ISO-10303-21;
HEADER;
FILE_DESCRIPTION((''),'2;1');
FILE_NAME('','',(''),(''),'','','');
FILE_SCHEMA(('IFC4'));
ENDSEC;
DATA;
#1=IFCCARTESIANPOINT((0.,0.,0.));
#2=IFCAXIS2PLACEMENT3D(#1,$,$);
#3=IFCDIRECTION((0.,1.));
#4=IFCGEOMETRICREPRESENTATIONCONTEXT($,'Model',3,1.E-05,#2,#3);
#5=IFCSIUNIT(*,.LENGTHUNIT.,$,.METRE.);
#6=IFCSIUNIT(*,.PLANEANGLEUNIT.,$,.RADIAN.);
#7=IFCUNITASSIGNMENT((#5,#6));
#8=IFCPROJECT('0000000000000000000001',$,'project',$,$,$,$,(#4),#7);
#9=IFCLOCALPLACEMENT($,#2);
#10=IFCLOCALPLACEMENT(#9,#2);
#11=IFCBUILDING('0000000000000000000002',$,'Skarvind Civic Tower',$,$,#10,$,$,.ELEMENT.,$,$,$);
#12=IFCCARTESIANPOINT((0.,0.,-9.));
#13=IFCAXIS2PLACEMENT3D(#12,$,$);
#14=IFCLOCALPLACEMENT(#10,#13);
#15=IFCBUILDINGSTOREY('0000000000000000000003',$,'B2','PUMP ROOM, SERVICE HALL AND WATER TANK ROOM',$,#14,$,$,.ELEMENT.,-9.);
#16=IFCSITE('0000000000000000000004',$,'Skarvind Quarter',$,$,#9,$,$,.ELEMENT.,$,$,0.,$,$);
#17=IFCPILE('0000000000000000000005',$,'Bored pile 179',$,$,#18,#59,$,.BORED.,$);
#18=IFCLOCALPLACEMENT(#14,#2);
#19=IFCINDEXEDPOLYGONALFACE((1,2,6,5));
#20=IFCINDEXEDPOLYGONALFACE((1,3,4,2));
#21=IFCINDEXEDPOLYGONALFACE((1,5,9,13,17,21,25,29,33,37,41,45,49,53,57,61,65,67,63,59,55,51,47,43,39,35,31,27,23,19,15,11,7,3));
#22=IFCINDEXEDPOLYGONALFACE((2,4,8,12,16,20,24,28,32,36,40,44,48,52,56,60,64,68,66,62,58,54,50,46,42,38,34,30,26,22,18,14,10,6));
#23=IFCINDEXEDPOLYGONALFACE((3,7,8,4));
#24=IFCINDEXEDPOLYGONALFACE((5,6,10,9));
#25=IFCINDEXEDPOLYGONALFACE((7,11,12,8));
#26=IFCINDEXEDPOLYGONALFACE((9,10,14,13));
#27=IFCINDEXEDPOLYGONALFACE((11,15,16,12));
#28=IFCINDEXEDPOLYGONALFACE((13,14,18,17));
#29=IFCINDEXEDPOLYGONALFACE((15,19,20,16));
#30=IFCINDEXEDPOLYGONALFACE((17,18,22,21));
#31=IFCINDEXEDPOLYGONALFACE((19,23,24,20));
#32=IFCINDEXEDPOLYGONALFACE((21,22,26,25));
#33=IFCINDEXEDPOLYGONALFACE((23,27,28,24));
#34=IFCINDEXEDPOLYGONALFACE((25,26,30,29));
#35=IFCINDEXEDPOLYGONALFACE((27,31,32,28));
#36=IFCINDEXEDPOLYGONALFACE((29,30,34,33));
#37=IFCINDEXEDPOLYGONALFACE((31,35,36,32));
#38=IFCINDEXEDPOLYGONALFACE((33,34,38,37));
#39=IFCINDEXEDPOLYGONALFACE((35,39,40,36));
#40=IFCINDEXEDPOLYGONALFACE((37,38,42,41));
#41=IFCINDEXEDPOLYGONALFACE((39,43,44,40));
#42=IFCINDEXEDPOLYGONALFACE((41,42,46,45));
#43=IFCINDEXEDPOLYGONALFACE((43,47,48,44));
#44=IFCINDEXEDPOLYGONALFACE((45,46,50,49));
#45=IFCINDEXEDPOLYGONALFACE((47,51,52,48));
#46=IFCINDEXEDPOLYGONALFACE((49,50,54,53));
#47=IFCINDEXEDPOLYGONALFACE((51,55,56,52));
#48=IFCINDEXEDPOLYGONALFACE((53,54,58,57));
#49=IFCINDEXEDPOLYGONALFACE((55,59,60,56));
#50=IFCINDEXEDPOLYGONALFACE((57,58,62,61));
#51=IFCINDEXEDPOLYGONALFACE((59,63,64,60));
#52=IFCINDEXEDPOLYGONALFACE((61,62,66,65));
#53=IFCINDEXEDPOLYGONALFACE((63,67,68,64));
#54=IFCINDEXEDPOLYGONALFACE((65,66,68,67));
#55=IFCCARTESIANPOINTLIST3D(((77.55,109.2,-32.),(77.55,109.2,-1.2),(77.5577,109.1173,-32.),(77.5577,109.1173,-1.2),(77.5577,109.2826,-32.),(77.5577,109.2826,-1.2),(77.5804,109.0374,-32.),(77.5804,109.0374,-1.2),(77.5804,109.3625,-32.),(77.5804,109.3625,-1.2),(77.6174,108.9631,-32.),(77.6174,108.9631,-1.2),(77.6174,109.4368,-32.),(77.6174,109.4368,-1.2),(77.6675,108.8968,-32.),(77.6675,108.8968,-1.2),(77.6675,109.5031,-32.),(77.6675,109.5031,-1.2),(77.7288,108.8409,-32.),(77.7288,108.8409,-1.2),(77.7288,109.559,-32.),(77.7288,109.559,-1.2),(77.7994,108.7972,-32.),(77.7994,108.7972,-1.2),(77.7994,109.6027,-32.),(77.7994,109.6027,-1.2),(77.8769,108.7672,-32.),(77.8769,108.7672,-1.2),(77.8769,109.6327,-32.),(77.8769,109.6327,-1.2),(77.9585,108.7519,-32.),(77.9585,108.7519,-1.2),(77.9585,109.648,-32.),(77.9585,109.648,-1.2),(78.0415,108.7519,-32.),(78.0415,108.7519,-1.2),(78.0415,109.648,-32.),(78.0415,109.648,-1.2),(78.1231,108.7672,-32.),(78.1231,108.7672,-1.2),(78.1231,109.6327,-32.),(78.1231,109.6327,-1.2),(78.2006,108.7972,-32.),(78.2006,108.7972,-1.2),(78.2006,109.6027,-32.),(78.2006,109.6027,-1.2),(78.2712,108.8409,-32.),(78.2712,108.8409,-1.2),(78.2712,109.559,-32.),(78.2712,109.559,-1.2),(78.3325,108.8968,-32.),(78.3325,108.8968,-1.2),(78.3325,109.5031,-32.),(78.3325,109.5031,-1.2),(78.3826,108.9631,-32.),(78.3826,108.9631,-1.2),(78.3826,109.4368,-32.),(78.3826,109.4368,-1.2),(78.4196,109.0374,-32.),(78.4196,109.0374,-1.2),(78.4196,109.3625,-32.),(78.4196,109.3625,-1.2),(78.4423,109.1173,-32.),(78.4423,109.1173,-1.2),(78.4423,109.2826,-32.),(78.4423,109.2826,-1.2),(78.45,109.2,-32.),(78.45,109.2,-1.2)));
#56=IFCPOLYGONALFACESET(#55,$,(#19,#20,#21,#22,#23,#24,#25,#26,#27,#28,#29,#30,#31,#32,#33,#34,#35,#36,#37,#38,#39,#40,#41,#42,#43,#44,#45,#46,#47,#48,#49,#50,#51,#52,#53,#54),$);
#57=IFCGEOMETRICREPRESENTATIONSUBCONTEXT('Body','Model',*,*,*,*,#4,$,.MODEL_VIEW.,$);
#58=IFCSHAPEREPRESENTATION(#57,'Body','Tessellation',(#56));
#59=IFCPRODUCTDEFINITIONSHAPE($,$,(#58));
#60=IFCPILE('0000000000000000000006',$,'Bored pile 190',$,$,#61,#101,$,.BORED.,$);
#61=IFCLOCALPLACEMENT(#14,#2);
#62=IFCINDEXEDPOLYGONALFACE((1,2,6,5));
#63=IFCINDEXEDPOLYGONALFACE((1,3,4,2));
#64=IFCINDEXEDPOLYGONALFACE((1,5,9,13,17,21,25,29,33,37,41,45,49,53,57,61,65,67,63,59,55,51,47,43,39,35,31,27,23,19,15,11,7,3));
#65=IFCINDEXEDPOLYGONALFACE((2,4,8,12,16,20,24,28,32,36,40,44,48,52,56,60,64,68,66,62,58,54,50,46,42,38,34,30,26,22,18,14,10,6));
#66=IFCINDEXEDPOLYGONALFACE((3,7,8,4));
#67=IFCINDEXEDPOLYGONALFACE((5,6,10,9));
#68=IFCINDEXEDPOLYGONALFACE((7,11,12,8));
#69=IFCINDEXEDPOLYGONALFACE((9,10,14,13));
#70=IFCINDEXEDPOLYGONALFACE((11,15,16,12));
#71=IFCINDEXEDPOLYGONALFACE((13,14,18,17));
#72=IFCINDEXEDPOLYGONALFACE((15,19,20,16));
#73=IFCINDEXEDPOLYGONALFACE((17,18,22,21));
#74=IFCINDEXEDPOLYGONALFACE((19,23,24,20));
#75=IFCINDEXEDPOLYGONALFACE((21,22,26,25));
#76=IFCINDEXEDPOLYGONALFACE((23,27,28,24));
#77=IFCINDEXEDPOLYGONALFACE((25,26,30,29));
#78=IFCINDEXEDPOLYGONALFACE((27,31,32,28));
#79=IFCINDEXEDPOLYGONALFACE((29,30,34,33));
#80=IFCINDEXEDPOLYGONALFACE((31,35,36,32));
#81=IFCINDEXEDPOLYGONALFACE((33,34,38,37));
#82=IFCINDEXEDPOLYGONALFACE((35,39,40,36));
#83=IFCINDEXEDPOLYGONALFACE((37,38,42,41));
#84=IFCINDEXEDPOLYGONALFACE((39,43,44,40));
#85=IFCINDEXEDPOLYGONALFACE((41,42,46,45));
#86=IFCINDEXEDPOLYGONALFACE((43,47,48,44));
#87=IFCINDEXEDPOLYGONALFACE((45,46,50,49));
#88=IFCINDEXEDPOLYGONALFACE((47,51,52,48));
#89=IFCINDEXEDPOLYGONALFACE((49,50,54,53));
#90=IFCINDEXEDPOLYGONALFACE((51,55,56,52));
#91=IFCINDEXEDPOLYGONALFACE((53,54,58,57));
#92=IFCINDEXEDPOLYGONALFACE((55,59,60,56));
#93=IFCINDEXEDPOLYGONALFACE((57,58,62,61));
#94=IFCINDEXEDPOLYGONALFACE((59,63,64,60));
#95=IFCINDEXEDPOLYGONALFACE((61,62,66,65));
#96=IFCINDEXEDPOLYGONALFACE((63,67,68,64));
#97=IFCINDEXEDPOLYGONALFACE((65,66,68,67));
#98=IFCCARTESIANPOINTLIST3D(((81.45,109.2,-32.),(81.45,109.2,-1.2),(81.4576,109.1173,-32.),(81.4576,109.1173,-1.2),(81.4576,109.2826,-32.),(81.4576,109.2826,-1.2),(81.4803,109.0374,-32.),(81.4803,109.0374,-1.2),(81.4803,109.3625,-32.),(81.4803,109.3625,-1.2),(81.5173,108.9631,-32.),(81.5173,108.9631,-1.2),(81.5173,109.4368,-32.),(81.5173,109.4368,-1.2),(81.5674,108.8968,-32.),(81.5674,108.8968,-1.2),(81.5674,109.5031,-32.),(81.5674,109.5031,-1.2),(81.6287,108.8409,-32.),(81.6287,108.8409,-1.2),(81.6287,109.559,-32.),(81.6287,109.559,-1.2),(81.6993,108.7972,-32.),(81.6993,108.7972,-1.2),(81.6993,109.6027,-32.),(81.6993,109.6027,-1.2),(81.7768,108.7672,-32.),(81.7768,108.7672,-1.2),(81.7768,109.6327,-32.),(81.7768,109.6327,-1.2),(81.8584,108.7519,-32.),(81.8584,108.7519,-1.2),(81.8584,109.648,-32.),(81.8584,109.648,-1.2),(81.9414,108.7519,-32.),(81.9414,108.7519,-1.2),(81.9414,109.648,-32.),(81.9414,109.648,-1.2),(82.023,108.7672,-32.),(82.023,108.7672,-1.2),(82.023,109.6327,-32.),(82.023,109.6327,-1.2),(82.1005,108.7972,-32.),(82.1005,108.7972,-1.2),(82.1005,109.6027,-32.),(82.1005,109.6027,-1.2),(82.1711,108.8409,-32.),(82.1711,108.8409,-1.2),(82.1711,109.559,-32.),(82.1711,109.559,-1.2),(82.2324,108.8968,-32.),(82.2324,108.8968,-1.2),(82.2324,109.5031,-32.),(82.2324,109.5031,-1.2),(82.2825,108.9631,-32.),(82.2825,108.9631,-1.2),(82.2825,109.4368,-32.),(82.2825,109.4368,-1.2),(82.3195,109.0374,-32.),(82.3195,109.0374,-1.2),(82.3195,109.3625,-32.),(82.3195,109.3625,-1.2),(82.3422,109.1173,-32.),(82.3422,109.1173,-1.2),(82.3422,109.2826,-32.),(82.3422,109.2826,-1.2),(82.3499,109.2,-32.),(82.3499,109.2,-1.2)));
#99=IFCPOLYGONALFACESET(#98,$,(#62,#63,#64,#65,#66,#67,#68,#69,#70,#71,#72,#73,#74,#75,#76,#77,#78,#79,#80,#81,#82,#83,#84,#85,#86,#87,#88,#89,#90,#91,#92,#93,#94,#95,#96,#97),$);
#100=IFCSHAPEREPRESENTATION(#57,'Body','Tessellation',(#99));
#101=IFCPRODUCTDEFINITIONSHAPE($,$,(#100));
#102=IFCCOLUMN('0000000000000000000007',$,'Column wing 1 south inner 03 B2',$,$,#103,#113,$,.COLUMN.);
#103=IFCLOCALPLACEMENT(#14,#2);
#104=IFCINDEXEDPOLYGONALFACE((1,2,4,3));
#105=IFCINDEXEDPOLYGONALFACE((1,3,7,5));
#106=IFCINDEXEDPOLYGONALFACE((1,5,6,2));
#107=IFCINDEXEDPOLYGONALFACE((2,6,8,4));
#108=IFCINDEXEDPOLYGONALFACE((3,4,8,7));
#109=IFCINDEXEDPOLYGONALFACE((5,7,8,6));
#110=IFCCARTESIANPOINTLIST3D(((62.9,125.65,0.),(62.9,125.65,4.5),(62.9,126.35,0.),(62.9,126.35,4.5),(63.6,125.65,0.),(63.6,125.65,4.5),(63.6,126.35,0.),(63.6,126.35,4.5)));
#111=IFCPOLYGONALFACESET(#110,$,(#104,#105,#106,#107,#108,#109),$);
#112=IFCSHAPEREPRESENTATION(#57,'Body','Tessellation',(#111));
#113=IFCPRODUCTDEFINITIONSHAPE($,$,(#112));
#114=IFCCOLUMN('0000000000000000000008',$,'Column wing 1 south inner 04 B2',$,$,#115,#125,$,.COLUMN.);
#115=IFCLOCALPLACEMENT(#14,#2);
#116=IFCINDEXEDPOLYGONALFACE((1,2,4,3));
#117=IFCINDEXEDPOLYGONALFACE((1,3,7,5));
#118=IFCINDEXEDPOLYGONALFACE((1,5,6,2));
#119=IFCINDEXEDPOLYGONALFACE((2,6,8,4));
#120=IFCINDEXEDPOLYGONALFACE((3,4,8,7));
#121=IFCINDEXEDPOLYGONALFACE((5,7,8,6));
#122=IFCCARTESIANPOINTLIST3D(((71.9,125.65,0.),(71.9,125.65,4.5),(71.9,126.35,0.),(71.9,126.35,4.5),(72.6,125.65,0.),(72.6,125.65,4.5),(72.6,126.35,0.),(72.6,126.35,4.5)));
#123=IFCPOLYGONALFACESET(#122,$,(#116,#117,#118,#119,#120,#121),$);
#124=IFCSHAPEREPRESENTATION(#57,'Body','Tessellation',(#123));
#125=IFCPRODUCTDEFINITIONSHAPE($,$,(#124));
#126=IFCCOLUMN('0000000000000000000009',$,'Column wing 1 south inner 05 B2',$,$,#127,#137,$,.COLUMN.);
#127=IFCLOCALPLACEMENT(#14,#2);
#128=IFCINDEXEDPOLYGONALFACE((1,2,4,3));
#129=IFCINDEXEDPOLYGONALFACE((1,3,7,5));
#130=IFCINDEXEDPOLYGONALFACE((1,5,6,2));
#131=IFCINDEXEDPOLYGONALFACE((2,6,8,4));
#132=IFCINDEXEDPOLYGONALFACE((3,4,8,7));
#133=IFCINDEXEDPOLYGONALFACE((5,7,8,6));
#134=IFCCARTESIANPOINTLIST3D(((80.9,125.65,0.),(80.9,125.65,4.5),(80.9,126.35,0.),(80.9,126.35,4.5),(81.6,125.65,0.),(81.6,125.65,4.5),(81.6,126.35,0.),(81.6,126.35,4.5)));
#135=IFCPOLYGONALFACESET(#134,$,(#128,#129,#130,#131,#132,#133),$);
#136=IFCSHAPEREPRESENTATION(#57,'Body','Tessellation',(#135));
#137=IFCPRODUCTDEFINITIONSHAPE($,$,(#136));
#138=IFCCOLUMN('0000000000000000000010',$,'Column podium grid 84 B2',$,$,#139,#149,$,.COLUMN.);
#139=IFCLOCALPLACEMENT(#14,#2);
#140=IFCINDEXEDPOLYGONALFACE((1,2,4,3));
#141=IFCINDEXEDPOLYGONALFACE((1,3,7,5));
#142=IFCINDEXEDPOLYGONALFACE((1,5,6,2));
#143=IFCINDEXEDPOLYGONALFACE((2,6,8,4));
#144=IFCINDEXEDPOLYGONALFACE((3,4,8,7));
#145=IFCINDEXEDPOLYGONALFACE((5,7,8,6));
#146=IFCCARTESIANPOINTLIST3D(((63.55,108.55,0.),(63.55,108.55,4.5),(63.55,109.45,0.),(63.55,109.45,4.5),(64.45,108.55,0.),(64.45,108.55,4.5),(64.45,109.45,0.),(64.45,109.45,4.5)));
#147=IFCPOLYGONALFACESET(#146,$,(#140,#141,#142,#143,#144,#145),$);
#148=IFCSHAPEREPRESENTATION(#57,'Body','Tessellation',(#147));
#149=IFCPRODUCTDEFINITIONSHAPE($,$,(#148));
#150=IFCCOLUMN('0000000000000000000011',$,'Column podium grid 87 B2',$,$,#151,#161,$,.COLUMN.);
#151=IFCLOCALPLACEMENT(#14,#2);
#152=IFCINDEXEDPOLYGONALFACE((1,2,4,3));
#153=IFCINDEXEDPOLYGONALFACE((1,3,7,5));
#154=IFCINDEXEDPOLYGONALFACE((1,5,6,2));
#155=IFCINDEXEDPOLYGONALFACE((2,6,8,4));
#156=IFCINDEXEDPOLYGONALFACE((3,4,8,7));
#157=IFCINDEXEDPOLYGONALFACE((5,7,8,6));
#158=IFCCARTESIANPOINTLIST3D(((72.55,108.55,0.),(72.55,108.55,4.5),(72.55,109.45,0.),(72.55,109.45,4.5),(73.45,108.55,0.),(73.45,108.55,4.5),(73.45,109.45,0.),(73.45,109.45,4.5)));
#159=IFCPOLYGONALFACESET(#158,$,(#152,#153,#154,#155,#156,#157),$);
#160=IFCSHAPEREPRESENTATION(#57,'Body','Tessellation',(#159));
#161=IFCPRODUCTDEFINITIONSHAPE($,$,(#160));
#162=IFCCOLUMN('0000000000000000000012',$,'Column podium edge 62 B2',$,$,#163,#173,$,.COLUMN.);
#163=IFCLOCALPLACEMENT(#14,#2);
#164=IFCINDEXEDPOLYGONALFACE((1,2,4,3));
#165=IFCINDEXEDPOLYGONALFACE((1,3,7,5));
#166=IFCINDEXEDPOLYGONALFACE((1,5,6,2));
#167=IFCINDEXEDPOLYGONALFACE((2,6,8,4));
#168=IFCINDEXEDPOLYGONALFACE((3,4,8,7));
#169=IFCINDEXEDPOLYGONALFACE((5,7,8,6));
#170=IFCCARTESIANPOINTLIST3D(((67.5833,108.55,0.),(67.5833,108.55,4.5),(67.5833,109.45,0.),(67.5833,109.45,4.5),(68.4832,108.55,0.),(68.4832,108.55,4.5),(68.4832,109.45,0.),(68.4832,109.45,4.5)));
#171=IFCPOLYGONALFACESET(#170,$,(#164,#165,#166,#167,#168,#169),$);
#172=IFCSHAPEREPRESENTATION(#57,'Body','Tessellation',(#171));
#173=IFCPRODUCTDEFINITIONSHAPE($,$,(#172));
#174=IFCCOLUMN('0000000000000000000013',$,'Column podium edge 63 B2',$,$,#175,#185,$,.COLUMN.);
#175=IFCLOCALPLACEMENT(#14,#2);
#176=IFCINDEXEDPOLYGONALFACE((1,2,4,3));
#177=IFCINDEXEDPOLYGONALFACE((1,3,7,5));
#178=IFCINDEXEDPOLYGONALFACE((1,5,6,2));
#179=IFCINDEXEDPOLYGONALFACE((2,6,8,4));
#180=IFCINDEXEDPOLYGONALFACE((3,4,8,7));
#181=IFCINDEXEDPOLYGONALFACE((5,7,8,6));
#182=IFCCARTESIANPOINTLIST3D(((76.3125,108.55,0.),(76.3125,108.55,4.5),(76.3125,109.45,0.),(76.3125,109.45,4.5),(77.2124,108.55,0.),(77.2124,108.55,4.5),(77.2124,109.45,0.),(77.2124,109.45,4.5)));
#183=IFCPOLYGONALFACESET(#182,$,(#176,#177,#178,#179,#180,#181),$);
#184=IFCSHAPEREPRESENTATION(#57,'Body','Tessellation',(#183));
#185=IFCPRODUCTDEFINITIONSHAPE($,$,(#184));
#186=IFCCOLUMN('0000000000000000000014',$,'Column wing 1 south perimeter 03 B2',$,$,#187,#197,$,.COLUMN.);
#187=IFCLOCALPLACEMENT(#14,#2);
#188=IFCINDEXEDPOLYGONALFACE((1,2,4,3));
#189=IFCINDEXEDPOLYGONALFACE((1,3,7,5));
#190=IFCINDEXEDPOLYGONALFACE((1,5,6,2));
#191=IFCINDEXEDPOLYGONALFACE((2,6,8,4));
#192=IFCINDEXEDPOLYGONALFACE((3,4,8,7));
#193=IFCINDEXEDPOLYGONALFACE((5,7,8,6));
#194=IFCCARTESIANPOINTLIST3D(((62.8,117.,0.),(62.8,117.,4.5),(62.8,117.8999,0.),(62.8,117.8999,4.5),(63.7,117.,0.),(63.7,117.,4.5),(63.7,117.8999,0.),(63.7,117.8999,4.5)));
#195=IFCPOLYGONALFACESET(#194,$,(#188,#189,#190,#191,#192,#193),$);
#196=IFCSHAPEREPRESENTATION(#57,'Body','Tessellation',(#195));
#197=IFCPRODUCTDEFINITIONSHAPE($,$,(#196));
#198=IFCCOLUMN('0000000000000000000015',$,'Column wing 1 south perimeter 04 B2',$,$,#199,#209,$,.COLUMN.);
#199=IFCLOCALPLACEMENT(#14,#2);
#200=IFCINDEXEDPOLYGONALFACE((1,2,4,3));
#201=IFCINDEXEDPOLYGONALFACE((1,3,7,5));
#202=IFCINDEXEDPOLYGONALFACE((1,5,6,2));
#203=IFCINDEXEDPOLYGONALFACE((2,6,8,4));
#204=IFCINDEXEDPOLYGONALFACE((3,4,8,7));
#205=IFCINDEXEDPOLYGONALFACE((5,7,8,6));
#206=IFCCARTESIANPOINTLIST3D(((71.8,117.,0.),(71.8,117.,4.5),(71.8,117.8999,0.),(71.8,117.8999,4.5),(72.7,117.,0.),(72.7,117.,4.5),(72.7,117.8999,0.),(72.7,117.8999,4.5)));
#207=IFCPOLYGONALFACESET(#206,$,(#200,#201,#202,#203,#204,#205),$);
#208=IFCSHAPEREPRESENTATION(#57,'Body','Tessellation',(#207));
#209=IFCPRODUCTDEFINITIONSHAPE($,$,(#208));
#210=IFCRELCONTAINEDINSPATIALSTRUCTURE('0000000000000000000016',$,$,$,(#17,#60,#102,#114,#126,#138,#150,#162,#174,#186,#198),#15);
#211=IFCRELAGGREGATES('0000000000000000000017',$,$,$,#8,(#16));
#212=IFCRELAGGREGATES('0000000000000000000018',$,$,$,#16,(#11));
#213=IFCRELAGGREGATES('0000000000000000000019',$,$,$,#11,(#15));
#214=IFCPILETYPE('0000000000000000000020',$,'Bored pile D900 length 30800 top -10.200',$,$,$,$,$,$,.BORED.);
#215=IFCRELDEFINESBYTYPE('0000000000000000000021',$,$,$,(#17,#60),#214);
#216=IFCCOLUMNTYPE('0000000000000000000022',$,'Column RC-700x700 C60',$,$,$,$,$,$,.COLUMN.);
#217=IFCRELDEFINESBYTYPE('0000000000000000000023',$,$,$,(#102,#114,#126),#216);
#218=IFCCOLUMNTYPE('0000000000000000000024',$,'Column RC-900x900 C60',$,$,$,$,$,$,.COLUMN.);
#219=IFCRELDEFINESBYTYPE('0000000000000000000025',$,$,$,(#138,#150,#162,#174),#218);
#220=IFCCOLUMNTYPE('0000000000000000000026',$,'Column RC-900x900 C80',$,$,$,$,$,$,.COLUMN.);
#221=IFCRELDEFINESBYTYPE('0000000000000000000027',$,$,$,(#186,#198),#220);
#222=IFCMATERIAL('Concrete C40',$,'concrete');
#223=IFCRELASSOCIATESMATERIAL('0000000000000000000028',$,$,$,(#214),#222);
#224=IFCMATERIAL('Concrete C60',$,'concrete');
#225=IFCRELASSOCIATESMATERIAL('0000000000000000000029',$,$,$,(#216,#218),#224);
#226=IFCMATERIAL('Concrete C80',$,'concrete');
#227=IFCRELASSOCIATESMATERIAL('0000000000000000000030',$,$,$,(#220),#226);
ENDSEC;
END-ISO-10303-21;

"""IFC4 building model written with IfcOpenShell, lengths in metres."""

from ifc_helpers import new_model, si_unit, direction, frame, origin, origin_2d, place, context, subcontext, project, spatial, rectangle, circle, extrude, material, material_profile, profile_set, type_object, element, save


model = new_model("IFC4")

# Units and contexts
model_context = context("Model", 3, precision=1e-05, world=origin(), true_north=direction((0.0, 1.0)))
body_context = subcontext(model_context, "Body", "Model", "MODEL_VIEW")
ifc_project = project(units=[si_unit("LENGTHUNIT", "METRE"), si_unit("PLANEANGLEUNIT", "RADIAN")], contexts=[model_context])

# Site, building, storey
site_placement = place(None, origin())
site = spatial("IfcSite", under=ifc_project, at=site_placement, Name="Skarvind Quarter", CompositionType="ELEMENT", RefElevation=0.0)
building_placement = place(site_placement, origin())
building = spatial("IfcBuilding", under=site, at=building_placement, Name="Skarvind Civic Tower", CompositionType="ELEMENT")
storey_placement = place(building_placement, frame((0.0, 0.0, -9.0)))
storey = spatial("IfcBuildingStorey", under=building, at=storey_placement, Name="B2", Description="PUMP ROOM, SERVICE HALL AND WATER TANK ROOM", CompositionType="ELEMENT", Elevation=-9.0)

# Piles
ifc_material_1 = material(Name="Concrete C40", Category="concrete")
pile_type_1 = type_object("IfcPileType", Name="Bored pile D900 length 30800 top -10.200", PredefinedType="BORED", material=ifc_material_1)
for number, where, z_axis, x_axis, name in (
    (1, (78.0, 109.2, -1.2), (0.0, 0.0, -1.0), (1.0, 0.0, 0.0), "Bored pile 179"),
    (2, (81.8999, 109.2, -1.2), (0.0, 0.0, -1.0), (1.0, 0.0, 0.0), "Bored pile 190"),
):
    element("IfcPile", number, at=place(storey_placement, frame(where, z_axis=z_axis, x_axis=x_axis)), inside=storey, type_object=pile_type_1, Name=name, PredefinedType="BORED", context=body_context, shape_type="SweptSolid", body=[
        extrude(circle(Radius=0.45, at=origin_2d()), origin(), (0.0, 0.0, 1.0), 30.8),
    ])

# Columns
ifc_material_2 = material(Name="Concrete C60", Category="concrete")
ifc_material_profile_1 = material_profile(ifc_material_2, rectangle(XDim=0.7, YDim=0.7, at=origin_2d()), Name="RC-700x700")
ifc_profile_set_1 = profile_set([ifc_material_profile_1], Name="Concrete C60")
column_type_1 = type_object("IfcColumnType", Name="Column RC-700x700 C60", PredefinedType="COLUMN", material=ifc_profile_set_1)
for number, where, z_axis, x_axis, name in (
    (3, (63.25, 126.0, 0.0), (0.0, 0.0, 1.0), (1.0, 0.0, 0.0), "Column wing 1 south inner 03 B2"),
    (4, (72.25, 126.0, 0.0), (0.0, 0.0, 1.0), (1.0, 0.0, 0.0), "Column wing 1 south inner 04 B2"),
    (5, (81.25, 126.0, 0.0), (0.0, 0.0, 1.0), (1.0, 0.0, 0.0), "Column wing 1 south inner 05 B2"),
):
    element("IfcColumn", number, at=place(storey_placement, frame(where, z_axis=z_axis, x_axis=x_axis)), inside=storey, type_object=column_type_1, Name=name, PredefinedType="COLUMN", context=body_context, shape_type="SweptSolid", body=[
        extrude(rectangle(XDim=0.7, YDim=0.7, at=origin_2d()), origin(), (0.0, 0.0, 1.0), 4.5),
    ])
ifc_material_profile_2 = material_profile(ifc_material_2, rectangle(XDim=0.8999, YDim=0.8999, at=origin_2d()), Name="RC-900x900")
ifc_profile_set_2 = profile_set([ifc_material_profile_2], Name="Concrete C60")
column_type_2 = type_object("IfcColumnType", Name="Column RC-900x900 C60", PredefinedType="COLUMN", material=ifc_profile_set_2)
for number, where, z_axis, x_axis, name in (
    (6, (64.0, 109.0, 0.0), (0.0, 0.0, 1.0), (1.0, 0.0, 0.0), "Column podium grid 84 B2"),
    (7, (73.0, 109.0, 0.0), (0.0, 0.0, 1.0), (1.0, 0.0, 0.0), "Column podium grid 87 B2"),
    (8, (68.0332, 109.0, 0.0), (0.0, 0.0, 1.0), (1.0, 0.0, 0.0), "Column podium edge 62 B2"),
    (9, (76.7625, 109.0, 0.0), (0.0, 0.0, 1.0), (1.0, 0.0, 0.0), "Column podium edge 63 B2"),
):
    element("IfcColumn", number, at=place(storey_placement, frame(where, z_axis=z_axis, x_axis=x_axis)), inside=storey, type_object=column_type_2, Name=name, PredefinedType="COLUMN", context=body_context, shape_type="SweptSolid", body=[
        extrude(rectangle(XDim=0.8999, YDim=0.8999, at=origin_2d()), origin(), (0.0, 0.0, 1.0), 4.5),
    ])
ifc_material_3 = material(Name="Concrete C80", Category="concrete")
ifc_material_profile_3 = material_profile(ifc_material_3, rectangle(XDim=0.8999, YDim=0.8999, at=origin_2d()), Name="RC-900x900")
ifc_profile_set_3 = profile_set([ifc_material_profile_3], Name="Concrete C80")
column_type_3 = type_object("IfcColumnType", Name="Column RC-900x900 C80", PredefinedType="COLUMN", material=ifc_profile_set_3)
for number, where, z_axis, x_axis, name in (
    (10, (63.25, 117.45, 0.0), (0.0, 0.0, 1.0), (1.0, 0.0, 0.0), "Column wing 1 south perimeter 03 B2"),
    (11, (72.25, 117.45, 0.0), (0.0, 0.0, 1.0), (1.0, 0.0, 0.0), "Column wing 1 south perimeter 04 B2"),
):
    element("IfcColumn", number, at=place(storey_placement, frame(where, z_axis=z_axis, x_axis=x_axis)), inside=storey, type_object=column_type_3, Name=name, PredefinedType="COLUMN", context=body_context, shape_type="SweptSolid", body=[
        extrude(rectangle(XDim=0.8999, YDim=0.8999, at=origin_2d()), origin(), (0.0, 0.0, 1.0), 4.5),
    ])

save(model, "model.ifc")
